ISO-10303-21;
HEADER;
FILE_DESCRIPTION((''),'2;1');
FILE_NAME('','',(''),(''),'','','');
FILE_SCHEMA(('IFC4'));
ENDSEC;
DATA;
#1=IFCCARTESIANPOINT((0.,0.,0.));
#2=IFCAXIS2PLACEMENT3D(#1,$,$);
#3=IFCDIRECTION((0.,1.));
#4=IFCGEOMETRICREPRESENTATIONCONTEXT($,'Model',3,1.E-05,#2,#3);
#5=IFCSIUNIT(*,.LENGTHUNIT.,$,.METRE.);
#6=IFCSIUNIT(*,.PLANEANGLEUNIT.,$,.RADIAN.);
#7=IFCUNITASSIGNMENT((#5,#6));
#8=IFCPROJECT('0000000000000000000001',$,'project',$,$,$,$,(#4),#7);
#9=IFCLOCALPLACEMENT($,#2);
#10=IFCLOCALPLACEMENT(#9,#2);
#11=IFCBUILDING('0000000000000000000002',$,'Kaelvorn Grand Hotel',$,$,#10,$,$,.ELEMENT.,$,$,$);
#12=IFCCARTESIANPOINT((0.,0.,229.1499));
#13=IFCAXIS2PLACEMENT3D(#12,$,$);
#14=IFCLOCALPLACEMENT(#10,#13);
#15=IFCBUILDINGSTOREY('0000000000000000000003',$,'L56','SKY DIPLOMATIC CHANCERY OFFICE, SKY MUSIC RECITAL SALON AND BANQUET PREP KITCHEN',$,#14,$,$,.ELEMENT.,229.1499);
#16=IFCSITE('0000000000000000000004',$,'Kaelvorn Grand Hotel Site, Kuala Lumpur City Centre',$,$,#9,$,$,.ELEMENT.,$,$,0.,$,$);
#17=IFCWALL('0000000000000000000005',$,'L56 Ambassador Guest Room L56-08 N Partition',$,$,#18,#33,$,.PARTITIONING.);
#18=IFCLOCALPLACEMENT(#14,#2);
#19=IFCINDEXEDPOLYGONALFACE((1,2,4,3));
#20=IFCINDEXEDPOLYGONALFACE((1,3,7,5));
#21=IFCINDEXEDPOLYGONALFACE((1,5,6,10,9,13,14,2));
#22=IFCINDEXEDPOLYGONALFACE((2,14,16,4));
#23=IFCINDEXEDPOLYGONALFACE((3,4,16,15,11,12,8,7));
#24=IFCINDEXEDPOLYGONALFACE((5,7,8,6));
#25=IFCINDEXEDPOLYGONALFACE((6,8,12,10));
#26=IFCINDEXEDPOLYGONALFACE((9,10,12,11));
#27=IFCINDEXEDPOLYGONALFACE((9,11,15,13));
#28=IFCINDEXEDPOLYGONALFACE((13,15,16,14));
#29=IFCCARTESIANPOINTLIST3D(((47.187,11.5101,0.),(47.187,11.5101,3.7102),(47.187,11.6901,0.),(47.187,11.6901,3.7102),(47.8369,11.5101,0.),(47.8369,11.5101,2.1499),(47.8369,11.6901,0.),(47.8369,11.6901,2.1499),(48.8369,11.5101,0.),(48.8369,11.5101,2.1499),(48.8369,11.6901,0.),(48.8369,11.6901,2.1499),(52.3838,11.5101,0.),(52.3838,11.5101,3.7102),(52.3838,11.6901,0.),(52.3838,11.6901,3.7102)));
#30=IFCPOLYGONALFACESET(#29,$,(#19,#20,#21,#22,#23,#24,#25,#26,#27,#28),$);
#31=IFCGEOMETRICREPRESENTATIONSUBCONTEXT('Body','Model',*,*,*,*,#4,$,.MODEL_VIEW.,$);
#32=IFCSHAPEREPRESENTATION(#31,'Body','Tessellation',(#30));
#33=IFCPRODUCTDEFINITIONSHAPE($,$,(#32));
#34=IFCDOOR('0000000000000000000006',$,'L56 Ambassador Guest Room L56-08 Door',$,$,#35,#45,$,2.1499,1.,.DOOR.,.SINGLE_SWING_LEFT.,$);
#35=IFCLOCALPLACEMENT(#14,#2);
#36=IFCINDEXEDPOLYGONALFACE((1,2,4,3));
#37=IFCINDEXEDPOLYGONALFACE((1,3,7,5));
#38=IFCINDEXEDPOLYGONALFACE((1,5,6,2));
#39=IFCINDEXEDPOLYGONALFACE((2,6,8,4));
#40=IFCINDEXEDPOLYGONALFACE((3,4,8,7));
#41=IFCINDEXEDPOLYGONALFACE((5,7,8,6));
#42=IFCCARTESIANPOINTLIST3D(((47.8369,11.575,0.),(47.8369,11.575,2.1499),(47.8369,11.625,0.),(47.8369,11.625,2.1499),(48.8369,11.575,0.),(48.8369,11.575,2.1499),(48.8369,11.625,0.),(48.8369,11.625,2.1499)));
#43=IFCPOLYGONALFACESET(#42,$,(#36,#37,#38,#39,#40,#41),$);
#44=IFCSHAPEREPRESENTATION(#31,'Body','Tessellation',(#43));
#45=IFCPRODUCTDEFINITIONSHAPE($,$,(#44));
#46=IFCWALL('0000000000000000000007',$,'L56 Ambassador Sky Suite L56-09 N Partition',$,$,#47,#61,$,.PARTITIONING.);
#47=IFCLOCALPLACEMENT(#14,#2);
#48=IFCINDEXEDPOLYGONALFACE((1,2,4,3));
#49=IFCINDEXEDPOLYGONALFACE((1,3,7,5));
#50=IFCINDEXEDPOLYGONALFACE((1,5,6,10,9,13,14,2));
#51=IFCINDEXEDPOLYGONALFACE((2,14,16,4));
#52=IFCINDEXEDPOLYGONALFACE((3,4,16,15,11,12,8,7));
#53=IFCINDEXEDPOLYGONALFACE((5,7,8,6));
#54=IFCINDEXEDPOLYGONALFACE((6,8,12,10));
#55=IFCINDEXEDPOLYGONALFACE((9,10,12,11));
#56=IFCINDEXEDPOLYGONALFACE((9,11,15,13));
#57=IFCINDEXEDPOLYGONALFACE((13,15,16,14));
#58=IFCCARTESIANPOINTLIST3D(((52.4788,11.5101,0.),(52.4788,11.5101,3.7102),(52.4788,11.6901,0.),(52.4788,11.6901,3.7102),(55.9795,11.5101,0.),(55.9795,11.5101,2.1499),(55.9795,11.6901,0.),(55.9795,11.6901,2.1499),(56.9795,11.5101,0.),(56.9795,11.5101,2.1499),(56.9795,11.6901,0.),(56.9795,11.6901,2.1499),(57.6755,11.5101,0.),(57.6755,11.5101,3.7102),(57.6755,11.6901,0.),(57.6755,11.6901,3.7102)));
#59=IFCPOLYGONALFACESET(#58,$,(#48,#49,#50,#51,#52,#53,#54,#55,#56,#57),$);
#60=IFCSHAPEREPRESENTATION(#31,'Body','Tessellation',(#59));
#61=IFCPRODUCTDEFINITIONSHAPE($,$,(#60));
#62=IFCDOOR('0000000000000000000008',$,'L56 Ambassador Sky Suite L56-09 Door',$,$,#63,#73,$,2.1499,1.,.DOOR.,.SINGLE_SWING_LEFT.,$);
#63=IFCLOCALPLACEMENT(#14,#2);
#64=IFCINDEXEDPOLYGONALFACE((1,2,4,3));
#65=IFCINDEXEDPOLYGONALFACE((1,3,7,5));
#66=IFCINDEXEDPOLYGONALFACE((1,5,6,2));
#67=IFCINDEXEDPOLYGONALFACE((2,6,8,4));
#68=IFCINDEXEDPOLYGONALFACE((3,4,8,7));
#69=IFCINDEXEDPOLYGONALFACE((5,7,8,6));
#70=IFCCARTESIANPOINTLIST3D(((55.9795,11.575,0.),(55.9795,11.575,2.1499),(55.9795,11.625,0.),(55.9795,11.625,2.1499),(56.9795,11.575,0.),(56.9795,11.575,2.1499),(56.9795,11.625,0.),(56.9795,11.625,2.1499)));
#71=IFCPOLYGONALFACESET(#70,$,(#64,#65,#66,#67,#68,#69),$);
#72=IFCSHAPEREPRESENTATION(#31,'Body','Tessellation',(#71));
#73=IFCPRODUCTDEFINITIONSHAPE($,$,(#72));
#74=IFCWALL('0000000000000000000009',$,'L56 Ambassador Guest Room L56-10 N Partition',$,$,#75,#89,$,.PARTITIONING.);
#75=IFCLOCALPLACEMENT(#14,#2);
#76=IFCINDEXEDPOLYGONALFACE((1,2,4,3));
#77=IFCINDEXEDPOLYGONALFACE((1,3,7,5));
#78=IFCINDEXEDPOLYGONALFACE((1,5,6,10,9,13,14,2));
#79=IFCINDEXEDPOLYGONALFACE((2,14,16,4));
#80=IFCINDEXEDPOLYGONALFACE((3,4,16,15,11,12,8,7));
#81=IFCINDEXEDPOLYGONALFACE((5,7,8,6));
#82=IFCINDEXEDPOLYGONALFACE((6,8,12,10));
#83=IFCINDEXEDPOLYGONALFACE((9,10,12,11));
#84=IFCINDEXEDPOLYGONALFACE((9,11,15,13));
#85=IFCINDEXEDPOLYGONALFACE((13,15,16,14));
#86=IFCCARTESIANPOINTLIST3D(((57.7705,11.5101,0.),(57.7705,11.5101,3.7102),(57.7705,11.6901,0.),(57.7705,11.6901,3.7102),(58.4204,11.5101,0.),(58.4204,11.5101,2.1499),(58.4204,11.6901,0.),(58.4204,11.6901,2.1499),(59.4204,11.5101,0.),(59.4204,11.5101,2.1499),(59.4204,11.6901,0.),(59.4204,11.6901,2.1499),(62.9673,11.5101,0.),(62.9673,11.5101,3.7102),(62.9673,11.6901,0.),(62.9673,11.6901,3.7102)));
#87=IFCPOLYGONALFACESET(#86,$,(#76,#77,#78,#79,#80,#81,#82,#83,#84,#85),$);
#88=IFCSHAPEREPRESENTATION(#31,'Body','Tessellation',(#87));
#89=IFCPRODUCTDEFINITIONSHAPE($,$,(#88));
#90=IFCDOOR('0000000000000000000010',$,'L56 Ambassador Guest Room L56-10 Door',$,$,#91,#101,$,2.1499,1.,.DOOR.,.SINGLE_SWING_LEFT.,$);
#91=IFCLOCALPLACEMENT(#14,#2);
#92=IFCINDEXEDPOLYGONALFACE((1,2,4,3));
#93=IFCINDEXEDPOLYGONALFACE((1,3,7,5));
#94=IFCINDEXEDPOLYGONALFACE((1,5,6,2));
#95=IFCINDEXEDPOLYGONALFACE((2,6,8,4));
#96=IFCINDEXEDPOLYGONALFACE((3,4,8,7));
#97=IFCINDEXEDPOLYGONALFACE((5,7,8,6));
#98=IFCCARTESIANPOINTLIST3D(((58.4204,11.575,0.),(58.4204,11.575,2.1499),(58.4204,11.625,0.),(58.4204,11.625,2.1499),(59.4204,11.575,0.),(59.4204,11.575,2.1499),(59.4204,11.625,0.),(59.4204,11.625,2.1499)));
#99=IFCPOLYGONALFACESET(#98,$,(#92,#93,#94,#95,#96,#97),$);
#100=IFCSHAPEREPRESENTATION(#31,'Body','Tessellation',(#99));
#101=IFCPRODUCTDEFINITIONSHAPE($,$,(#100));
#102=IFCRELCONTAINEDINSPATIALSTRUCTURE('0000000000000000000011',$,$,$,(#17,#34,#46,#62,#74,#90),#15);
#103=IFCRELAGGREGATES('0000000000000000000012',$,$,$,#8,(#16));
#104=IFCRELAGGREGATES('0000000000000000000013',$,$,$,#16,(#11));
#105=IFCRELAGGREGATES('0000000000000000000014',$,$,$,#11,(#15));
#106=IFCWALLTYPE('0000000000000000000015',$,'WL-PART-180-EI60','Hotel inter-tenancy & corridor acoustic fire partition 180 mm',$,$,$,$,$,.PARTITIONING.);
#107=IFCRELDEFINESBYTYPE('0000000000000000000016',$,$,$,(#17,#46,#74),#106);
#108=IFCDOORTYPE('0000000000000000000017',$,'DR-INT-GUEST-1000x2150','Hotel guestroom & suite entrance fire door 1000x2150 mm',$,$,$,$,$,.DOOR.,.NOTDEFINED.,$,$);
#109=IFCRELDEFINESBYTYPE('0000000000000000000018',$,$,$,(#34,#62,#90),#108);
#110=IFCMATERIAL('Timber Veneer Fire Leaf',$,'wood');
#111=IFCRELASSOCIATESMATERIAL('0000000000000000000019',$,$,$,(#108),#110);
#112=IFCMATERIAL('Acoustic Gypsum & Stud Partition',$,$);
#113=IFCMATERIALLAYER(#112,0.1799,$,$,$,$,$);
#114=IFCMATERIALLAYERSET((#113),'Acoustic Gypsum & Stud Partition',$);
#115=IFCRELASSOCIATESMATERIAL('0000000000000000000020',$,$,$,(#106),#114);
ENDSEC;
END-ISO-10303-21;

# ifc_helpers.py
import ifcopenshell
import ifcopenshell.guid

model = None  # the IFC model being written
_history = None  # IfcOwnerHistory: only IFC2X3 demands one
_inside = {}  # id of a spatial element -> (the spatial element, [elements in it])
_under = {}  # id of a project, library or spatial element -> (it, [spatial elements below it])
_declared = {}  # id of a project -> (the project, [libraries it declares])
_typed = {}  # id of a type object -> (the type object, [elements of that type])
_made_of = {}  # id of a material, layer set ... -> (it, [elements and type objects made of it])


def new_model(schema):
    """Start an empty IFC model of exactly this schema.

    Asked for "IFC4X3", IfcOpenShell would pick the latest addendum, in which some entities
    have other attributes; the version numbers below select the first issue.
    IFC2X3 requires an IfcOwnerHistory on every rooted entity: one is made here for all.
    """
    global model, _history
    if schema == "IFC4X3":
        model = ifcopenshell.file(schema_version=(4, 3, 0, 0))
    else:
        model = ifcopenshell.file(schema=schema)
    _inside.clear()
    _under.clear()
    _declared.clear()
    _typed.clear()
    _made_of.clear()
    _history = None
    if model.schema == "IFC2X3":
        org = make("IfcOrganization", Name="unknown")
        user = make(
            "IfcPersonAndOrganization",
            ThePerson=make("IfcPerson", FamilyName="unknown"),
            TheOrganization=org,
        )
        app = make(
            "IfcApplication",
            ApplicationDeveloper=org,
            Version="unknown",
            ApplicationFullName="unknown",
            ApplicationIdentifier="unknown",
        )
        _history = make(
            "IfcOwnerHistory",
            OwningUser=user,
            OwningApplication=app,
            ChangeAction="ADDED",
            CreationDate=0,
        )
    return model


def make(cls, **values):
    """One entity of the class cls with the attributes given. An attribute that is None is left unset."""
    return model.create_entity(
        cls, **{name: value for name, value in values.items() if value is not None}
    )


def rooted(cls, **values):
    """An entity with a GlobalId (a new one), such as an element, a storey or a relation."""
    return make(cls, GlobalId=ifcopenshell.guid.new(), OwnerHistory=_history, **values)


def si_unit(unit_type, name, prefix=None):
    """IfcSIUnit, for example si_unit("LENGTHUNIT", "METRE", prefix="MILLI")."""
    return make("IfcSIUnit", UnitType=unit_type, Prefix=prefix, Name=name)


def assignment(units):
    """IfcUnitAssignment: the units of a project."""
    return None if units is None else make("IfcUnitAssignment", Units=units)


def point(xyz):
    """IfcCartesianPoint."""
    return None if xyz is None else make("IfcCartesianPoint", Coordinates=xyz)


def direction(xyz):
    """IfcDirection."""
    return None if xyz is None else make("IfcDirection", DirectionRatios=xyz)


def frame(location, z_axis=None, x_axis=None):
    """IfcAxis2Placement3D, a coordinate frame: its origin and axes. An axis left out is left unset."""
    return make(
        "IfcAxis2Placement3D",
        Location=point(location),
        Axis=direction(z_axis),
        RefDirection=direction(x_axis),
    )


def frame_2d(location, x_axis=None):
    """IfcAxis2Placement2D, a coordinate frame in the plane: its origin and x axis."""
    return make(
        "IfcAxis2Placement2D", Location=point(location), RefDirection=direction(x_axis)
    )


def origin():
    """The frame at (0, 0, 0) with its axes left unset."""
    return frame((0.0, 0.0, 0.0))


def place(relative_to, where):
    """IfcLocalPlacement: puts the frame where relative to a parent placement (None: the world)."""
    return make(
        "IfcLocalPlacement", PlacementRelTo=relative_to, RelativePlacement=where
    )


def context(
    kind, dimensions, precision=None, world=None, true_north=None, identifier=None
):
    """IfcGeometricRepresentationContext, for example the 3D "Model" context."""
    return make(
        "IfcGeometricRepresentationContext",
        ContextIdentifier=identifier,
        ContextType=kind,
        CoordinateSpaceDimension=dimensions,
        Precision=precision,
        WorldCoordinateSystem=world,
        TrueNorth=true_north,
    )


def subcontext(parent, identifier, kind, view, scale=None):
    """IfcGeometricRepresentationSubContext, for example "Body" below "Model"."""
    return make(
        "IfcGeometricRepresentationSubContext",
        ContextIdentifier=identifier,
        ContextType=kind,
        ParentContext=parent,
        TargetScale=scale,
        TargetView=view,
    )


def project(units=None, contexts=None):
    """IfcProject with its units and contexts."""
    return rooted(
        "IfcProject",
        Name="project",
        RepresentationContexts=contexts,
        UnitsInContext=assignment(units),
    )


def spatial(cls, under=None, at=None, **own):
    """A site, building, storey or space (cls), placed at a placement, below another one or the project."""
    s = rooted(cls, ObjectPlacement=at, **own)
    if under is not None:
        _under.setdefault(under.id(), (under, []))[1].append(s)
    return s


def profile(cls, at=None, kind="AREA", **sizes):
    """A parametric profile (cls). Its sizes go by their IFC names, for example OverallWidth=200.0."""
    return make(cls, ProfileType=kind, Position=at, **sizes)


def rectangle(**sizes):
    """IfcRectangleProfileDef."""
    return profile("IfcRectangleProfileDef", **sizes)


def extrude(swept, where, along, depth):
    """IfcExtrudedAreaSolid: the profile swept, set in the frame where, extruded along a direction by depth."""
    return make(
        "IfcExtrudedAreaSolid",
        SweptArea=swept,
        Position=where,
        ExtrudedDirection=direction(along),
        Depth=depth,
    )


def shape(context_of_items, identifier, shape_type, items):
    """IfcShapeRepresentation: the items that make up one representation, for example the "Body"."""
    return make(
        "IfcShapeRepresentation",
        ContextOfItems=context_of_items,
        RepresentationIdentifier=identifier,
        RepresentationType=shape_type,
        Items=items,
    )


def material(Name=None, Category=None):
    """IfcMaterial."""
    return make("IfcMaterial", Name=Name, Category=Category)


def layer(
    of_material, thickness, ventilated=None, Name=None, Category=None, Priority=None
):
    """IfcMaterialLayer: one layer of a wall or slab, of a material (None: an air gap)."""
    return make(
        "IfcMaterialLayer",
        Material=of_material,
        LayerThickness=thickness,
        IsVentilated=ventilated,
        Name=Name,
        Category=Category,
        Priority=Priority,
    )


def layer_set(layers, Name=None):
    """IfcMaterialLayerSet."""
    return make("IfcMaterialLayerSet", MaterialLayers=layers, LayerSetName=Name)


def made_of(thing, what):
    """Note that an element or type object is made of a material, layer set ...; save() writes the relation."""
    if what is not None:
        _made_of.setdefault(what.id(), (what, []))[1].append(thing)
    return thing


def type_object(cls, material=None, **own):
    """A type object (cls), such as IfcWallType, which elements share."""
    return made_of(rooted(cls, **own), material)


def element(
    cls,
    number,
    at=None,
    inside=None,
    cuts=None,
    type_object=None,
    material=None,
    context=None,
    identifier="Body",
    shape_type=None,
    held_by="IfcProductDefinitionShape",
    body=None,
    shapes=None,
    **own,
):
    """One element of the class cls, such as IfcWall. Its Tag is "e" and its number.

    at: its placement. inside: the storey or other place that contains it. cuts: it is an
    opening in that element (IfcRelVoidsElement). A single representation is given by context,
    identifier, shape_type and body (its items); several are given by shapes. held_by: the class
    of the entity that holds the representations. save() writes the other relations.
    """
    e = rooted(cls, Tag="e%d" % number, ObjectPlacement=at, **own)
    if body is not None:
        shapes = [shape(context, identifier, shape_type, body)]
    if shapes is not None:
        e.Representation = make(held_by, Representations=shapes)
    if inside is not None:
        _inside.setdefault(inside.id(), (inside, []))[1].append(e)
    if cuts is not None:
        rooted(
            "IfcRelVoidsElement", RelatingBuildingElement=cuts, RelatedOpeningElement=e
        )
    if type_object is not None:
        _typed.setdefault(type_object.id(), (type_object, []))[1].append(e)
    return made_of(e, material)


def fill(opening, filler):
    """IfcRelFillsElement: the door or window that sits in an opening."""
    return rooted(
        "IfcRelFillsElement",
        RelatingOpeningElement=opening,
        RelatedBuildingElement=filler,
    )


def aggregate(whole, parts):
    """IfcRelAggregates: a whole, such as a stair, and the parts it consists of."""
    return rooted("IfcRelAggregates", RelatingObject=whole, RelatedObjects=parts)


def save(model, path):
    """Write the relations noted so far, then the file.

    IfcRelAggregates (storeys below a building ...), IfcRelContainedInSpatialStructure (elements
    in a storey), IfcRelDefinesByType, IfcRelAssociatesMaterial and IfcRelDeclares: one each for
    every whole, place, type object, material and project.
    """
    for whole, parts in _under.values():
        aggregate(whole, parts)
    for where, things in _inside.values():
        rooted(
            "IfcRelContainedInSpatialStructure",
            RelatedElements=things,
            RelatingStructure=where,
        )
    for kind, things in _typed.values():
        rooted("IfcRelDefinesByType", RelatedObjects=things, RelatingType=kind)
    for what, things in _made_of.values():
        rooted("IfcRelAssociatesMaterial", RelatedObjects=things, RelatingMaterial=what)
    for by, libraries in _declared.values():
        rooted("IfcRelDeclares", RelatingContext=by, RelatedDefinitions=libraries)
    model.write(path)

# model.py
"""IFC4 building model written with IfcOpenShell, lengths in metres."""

from ifc_helpers import new_model, si_unit, direction, frame, frame_2d, origin, place, context, subcontext, project, spatial, rectangle, extrude, material, layer, layer_set, type_object, element, fill, save


model = new_model("IFC4")

# Units and contexts
model_context = context("Model", 3, precision=1e-05, world=origin(), true_north=direction((0.0, 1.0)))
body_context = subcontext(model_context, "Body", "Model", "MODEL_VIEW")
ifc_project = project(units=[si_unit("LENGTHUNIT", "METRE"), si_unit("PLANEANGLEUNIT", "RADIAN")], contexts=[model_context])

# Site, building, storey
site_placement = place(None, origin())
site = spatial("IfcSite", under=ifc_project, at=site_placement, Name="Kaelvorn Grand Hotel Site, Kuala Lumpur City Centre", CompositionType="ELEMENT", RefElevation=0.0)
building_placement = place(site_placement, origin())
building = spatial("IfcBuilding", under=site, at=building_placement, Name="Kaelvorn Grand Hotel", CompositionType="ELEMENT")
storey_placement = place(building_placement, frame((0.0, 0.0, 229.1499)))
storey = spatial("IfcBuildingStorey", under=building, at=storey_placement, Name="L56", Description="SKY DIPLOMATIC CHANCERY OFFICE, SKY MUSIC RECITAL SALON AND BANQUET PREP KITCHEN", CompositionType="ELEMENT", Elevation=229.1499)

# Shared definitions
ifc_material_1 = material(Name="Acoustic Gypsum & Stud Partition")

# Shared definitions
ifc_material_2 = material(Name="Timber Veneer Fire Leaf", Category="wood")

# Shared definitions
door_type_1 = type_object("IfcDoorType", Name="DR-INT-GUEST-1000x2150", Description="Hotel guestroom & suite entrance fire door 1000x2150 mm", OperationType="NOTDEFINED", PredefinedType="DOOR", material=ifc_material_2)

# Walls, openings, doors
ifc_layer_1 = layer(ifc_material_1, 0.1799)
ifc_layer_set_1 = layer_set([ifc_layer_1], Name="Acoustic Gypsum & Stud Partition")
wall_type_1 = type_object("IfcWallType", Name="WL-PART-180-EI60", Description="Hotel inter-tenancy & corridor acoustic fire partition 180 mm", PredefinedType="PARTITIONING", material=ifc_layer_set_1)
wall_1_placement = place(storey_placement, frame((47.187, 11.6001, 0.0), z_axis=(0.0, 0.0, 1.0), x_axis=(1.0, 0.0, 0.0)))
wall_1 = element("IfcWall", 1, at=wall_1_placement, inside=storey, type_object=wall_type_1, Name="L56 Ambassador Guest Room L56-08 N Partition", PredefinedType="PARTITIONING", context=body_context, shape_type="SweptSolid", body=[
    extrude(rectangle(XDim=5.1968, YDim=0.1799, at=frame_2d((2.5984, 0.0))), origin(), (0.0, 0.0, 1.0), 3.7102),
])
opening_1_placement = place(wall_1_placement, frame((0.6499, 0.0, 0.0)))
opening_1 = element("IfcOpeningElement", 2, at=opening_1_placement, cuts=wall_1, PredefinedType="OPENING", context=body_context, shape_type="SweptSolid", body=[
    extrude(rectangle(XDim=1.0, YDim=2.1499, at=frame_2d((0.5, 1.075))), frame((0.0, 0.1001, 0.0), z_axis=(0.0, -1.0, 0.0), x_axis=(1.0, 0.0, 0.0)), (0.0, 0.0, 1.0), 0.2),
])
door_1_placement = place(opening_1_placement, origin())
door_1 = element("IfcDoor", 3, at=door_1_placement, inside=storey, type_object=door_type_1, Name="L56 Ambassador Guest Room L56-08 Door", OperationType="SINGLE_SWING_LEFT", OverallHeight=2.1499, OverallWidth=1.0, PredefinedType="DOOR", context=body_context, shape_type="SweptSolid", body=[
    extrude(rectangle(XDim=1.0, YDim=2.1499, at=frame_2d((0.5, 1.075))), frame((0.0, 0.0249, 0.0), z_axis=(0.0, -1.0, 0.0), x_axis=(1.0, 0.0, 0.0)), (0.0, 0.0, 1.0), 0.05),
])
fill(opening_1, door_1)
wall_2_placement = place(storey_placement, frame((52.4788, 11.6001, 0.0), z_axis=(0.0, 0.0, 1.0), x_axis=(1.0, 0.0, 0.0)))
wall_2 = element("IfcWall", 4, at=wall_2_placement, inside=storey, type_object=wall_type_1, Name="L56 Ambassador Sky Suite L56-09 N Partition", PredefinedType="PARTITIONING", context=body_context, shape_type="SweptSolid", body=[
    extrude(rectangle(XDim=5.1968, YDim=0.1799, at=frame_2d((2.5984, 0.0))), origin(), (0.0, 0.0, 1.0), 3.7102),
])
opening_2_placement = place(wall_2_placement, frame((3.5007, 0.0, 0.0)))
opening_2 = element("IfcOpeningElement", 5, at=opening_2_placement, cuts=wall_2, PredefinedType="OPENING", context=body_context, shape_type="SweptSolid", body=[
    extrude(rectangle(XDim=1.0, YDim=2.1499, at=frame_2d((0.5, 1.075))), frame((0.0, 0.1001, 0.0), z_axis=(0.0, -1.0, 0.0), x_axis=(1.0, 0.0, 0.0)), (0.0, 0.0, 1.0), 0.2),
])
door_2_placement = place(opening_2_placement, origin())
door_2 = element("IfcDoor", 6, at=door_2_placement, inside=storey, type_object=door_type_1, Name="L56 Ambassador Sky Suite L56-09 Door", OperationType="SINGLE_SWING_LEFT", OverallHeight=2.1499, OverallWidth=1.0, PredefinedType="DOOR", context=body_context, shape_type="SweptSolid", body=[
    extrude(rectangle(XDim=1.0, YDim=2.1499, at=frame_2d((0.5, 1.075))), frame((0.0, 0.0249, 0.0), z_axis=(0.0, -1.0, 0.0), x_axis=(1.0, 0.0, 0.0)), (0.0, 0.0, 1.0), 0.05),
])
fill(opening_2, door_2)
wall_3_placement = place(storey_placement, frame((57.7705, 11.6001, 0.0), z_axis=(0.0, 0.0, 1.0), x_axis=(1.0, 0.0, 0.0)))
wall_3 = element("IfcWall", 7, at=wall_3_placement, inside=storey, type_object=wall_type_1, Name="L56 Ambassador Guest Room L56-10 N Partition", PredefinedType="PARTITIONING", context=body_context, shape_type="SweptSolid", body=[
    extrude(rectangle(XDim=5.1968, YDim=0.1799, at=frame_2d((2.5984, 0.0))), origin(), (0.0, 0.0, 1.0), 3.7102),
])
opening_3_placement = place(wall_3_placement, frame((0.6499, 0.0, 0.0)))
opening_3 = element("IfcOpeningElement", 8, at=opening_3_placement, cuts=wall_3, PredefinedType="OPENING", context=body_context, shape_type="SweptSolid", body=[
    extrude(rectangle(XDim=1.0, YDim=2.1499, at=frame_2d((0.5, 1.075))), frame((0.0, 0.1001, 0.0), z_axis=(0.0, -1.0, 0.0), x_axis=(1.0, 0.0, 0.0)), (0.0, 0.0, 1.0), 0.2),
])
door_3_placement = place(opening_3_placement, origin())
door_3 = element("IfcDoor", 9, at=door_3_placement, inside=storey, type_object=door_type_1, Name="L56 Ambassador Guest Room L56-10 Door", OperationType="SINGLE_SWING_LEFT", OverallHeight=2.1499, OverallWidth=1.0, PredefinedType="DOOR", context=body_context, shape_type="SweptSolid", body=[
    extrude(rectangle(XDim=1.0, YDim=2.1499, at=frame_2d((0.5, 1.075))), frame((0.0, 0.0249, 0.0), z_axis=(0.0, -1.0, 0.0), x_axis=(1.0, 0.0, 0.0)), (0.0, 0.0, 1.0), 0.05),
])
fill(opening_3, door_3)

save(model, "model.ifc")
